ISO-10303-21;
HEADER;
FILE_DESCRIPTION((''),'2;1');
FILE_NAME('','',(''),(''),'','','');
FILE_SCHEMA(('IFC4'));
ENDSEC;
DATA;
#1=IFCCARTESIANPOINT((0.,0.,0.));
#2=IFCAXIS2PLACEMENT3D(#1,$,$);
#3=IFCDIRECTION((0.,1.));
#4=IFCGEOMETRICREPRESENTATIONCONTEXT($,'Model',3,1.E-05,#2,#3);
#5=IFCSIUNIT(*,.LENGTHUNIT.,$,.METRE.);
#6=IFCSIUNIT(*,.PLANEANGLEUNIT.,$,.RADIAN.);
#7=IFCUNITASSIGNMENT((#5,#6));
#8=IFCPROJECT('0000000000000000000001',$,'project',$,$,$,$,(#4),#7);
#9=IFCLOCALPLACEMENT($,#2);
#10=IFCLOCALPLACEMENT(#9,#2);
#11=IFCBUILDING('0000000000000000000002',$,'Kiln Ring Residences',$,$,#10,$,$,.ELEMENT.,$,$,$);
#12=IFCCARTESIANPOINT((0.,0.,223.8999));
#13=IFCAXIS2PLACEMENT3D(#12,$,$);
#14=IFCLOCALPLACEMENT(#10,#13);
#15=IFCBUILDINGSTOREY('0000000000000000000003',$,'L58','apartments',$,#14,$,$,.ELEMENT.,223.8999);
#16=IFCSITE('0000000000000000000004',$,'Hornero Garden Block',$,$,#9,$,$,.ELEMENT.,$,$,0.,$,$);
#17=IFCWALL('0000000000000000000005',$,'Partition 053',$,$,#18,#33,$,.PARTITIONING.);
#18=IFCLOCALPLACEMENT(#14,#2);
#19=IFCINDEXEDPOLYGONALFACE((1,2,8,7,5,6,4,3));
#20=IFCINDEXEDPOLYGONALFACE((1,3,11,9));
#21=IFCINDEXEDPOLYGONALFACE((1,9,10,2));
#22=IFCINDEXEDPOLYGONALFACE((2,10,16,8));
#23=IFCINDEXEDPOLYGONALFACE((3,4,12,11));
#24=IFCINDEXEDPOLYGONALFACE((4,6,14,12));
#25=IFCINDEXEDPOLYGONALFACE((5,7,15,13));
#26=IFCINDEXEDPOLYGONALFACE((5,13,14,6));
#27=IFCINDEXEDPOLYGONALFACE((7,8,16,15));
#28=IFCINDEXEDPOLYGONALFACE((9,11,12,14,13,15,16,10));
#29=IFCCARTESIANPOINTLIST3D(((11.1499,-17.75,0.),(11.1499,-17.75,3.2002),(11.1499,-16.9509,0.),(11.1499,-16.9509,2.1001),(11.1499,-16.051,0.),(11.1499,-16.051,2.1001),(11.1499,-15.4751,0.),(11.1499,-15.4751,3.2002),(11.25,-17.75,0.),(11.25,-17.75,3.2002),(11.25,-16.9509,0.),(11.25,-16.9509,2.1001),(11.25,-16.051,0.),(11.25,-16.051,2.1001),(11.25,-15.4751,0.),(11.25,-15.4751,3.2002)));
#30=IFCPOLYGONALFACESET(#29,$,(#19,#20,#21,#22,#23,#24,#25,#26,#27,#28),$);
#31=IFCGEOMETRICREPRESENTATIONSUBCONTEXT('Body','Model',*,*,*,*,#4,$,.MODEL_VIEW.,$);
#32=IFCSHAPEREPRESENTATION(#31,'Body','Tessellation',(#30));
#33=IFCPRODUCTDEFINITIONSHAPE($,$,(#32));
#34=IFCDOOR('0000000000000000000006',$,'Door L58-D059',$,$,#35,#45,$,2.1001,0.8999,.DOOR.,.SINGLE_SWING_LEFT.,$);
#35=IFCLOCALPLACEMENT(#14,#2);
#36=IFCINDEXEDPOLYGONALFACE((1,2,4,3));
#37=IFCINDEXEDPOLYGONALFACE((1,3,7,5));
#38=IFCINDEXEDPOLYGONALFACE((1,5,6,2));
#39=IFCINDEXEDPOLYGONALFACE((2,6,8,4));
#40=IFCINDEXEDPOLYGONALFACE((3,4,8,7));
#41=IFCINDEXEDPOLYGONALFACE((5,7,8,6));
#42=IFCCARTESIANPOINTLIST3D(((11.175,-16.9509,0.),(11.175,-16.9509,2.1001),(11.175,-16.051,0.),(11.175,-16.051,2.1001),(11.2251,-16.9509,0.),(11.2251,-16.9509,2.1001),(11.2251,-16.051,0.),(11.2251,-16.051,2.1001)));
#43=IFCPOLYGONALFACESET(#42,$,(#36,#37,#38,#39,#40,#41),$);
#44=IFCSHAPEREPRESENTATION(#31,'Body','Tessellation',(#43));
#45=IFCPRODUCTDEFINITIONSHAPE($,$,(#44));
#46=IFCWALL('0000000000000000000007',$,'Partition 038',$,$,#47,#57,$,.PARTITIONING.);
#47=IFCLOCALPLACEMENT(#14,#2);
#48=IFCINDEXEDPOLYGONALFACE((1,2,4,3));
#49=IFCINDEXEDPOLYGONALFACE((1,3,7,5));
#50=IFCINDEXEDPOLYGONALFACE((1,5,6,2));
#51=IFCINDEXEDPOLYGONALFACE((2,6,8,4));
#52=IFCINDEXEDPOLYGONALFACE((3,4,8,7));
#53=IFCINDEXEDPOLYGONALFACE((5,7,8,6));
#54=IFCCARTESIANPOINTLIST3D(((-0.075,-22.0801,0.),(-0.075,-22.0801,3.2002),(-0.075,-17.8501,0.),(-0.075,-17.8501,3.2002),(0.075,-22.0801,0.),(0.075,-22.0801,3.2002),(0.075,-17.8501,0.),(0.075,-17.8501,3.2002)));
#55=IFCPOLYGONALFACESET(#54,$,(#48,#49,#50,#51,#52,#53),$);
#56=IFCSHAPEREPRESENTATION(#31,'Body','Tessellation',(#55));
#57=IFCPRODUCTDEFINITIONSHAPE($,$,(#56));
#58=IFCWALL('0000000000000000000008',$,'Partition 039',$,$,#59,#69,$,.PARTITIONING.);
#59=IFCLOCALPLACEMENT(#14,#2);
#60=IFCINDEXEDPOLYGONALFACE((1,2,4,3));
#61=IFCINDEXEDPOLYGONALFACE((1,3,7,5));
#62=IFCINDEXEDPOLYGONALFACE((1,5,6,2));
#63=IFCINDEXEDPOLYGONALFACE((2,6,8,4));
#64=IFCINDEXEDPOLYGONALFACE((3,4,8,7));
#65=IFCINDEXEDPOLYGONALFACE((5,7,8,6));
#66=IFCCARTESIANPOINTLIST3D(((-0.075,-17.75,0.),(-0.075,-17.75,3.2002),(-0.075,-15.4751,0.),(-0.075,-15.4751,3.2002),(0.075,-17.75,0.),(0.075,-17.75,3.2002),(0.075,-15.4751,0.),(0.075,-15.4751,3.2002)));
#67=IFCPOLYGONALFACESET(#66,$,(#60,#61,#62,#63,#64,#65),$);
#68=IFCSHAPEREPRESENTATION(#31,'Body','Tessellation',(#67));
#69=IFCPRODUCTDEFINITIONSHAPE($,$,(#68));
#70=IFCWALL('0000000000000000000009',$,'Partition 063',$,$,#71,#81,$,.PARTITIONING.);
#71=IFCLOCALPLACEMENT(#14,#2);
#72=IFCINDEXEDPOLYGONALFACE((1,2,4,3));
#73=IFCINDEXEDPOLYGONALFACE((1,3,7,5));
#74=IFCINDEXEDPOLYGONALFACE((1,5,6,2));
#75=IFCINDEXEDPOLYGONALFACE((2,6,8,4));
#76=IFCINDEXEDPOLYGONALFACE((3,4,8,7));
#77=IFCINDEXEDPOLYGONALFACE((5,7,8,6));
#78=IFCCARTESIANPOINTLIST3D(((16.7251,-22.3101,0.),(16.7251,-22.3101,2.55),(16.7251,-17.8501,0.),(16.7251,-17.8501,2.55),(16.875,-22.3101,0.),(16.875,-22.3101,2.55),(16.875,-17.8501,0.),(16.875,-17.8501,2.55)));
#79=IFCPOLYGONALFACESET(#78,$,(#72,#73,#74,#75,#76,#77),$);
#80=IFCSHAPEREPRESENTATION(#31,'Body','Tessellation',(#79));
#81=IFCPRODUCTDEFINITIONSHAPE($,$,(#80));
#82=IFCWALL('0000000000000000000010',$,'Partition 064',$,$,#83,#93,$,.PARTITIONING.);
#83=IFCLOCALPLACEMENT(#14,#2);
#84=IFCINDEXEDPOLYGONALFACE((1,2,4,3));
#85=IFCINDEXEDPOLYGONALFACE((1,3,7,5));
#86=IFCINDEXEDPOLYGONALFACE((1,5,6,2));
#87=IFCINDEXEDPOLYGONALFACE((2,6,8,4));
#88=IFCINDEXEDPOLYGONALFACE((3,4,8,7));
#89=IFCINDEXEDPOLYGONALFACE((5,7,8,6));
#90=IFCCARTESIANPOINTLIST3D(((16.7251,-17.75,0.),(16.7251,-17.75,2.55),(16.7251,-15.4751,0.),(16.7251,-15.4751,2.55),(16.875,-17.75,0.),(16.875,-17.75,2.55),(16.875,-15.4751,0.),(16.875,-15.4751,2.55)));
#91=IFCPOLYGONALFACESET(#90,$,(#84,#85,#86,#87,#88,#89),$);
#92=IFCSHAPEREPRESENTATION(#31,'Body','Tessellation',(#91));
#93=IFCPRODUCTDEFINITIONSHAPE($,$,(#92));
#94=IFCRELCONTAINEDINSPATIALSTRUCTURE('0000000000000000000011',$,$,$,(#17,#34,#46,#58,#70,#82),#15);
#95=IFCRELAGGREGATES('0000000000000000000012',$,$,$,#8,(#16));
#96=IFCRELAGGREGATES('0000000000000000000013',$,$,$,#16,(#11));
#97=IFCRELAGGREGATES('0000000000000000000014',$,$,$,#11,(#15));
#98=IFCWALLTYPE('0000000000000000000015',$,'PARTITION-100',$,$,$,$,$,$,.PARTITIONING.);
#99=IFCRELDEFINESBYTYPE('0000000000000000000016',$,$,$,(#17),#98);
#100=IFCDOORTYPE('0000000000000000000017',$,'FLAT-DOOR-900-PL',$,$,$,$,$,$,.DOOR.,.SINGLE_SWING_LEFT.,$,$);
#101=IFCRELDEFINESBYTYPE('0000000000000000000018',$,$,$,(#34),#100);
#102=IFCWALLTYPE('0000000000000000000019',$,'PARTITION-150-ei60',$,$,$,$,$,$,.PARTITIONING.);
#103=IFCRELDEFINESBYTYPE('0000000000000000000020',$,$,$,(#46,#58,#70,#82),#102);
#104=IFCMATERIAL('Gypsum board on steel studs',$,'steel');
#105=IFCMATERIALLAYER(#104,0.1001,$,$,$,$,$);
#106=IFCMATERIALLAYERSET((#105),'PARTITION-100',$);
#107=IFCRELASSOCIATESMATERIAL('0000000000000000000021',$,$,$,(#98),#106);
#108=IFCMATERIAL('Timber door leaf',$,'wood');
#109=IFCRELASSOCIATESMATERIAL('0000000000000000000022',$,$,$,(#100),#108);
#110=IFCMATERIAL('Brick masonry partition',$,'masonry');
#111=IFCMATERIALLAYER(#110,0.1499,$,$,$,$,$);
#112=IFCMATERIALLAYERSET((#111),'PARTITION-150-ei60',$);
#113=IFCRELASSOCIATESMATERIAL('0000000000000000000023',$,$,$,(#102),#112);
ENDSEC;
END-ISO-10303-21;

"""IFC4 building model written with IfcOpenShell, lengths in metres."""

from ifc_helpers import new_model, si_unit, direction, frame, frame_2d, origin, place, context, subcontext, project, spatial, rectangle, extrude, material, layer, layer_set, type_object, element, fill, save


model = new_model("IFC4")

# Units and contexts
model_context = context("Model", 3, precision=1e-05, world=origin(), true_north=direction((0.0, 1.0)))
body_context = subcontext(model_context, "Body", "Model", "MODEL_VIEW")
ifc_project = project(units=[si_unit("LENGTHUNIT", "METRE"), si_unit("PLANEANGLEUNIT", "RADIAN")], contexts=[model_context])

# Site, building, storey
site_placement = place(None, origin())
site = spatial("IfcSite", under=ifc_project, at=site_placement, Name="Hornero Garden Block", CompositionType="ELEMENT", RefElevation=0.0)
building_placement = place(site_placement, origin())
building = spatial("IfcBuilding", under=site, at=building_placement, Name="Kiln Ring Residences", CompositionType="ELEMENT")
storey_placement = place(building_placement, frame((0.0, 0.0, 223.8999)))
storey = spatial("IfcBuildingStorey", under=building, at=storey_placement, Name="L58", Description="apartments", CompositionType="ELEMENT", Elevation=223.8999)

# Shared definitions
ifc_material_1 = material(Name="Gypsum board on steel studs", Category="steel")
ifc_layer_1 = layer(ifc_material_1, 0.1001)
ifc_layer_set_1 = layer_set([ifc_layer_1], Name="PARTITION-100")
wall_type_1 = type_object("IfcWallType", Name="PARTITION-100", PredefinedType="PARTITIONING", material=ifc_layer_set_1)
ifc_material_2 = material(Name="Timber door leaf", Category="wood")
door_type_1 = type_object("IfcDoorType", Name="FLAT-DOOR-900-PL", OperationType="SINGLE_SWING_LEFT", PredefinedType="DOOR", material=ifc_material_2)

# Wall, opening, door
wall_1_placement = place(storey_placement, frame((11.2, -17.75, 0.0), z_axis=(0.0, 0.0, 1.0), x_axis=(0.0, 1.0, 0.0)))
wall_1 = element("IfcWall", 1, at=wall_1_placement, inside=storey, type_object=wall_type_1, Name="Partition 053", PredefinedType="PARTITIONING", context=body_context, shape_type="SweptSolid", body=[
    extrude(rectangle(XDim=2.2749, YDim=0.1001, at=frame_2d((1.1375, 0.0))), origin(), (0.0, 0.0, 1.0), 3.2002),
])
opening_1_placement = place(wall_1_placement, frame((0.7991, 0.0, 0.0)))
opening_1 = element("IfcOpeningElement", 2, at=opening_1_placement, cuts=wall_1, PredefinedType="OPENING", context=body_context, shape_type="SweptSolid", body=[
    extrude(rectangle(XDim=0.8999, YDim=2.1001, at=frame_2d((0.45, 1.05))), frame((0.0, 0.0601, 0.0), z_axis=(0.0, -1.0, 0.0), x_axis=(1.0, 0.0, 0.0)), (0.0, 0.0, 1.0), 0.1201),
])
door_1_placement = place(opening_1_placement, origin())
door_1 = element("IfcDoor", 3, at=door_1_placement, inside=storey, type_object=door_type_1, Name="Door L58-D059", OperationType="SINGLE_SWING_LEFT", OverallHeight=2.1001, OverallWidth=0.8999, PredefinedType="DOOR", context=body_context, shape_type="SweptSolid", body=[
    extrude(rectangle(XDim=0.8999, YDim=2.1001, at=frame_2d((0.45, 1.05))), frame((0.0, 0.0249, 0.0), z_axis=(0.0, -1.0, 0.0), x_axis=(1.0, 0.0, 0.0)), (0.0, 0.0, 1.0), 0.05),
])
fill(opening_1, door_1)

# Walls
ifc_material_3 = material(Name="Brick masonry partition", Category="masonry")
ifc_layer_2 = layer(ifc_material_3, 0.1499)
ifc_layer_set_2 = layer_set([ifc_layer_2], Name="PARTITION-150-ei60")
wall_type_2 = type_object("IfcWallType", Name="PARTITION-150-ei60", PredefinedType="PARTITIONING", material=ifc_layer_set_2)
wall_2_placement = place(storey_placement, frame((0.0, -22.0801, 0.0), z_axis=(0.0, 0.0, 1.0), x_axis=(0.0, 1.0, 0.0)))
element("IfcWall", 4, at=wall_2_placement, inside=storey, type_object=wall_type_2, Name="Partition 038", PredefinedType="PARTITIONING", context=body_context, shape_type="SweptSolid", body=[
    extrude(rectangle(XDim=4.23, YDim=0.1499, at=frame_2d((2.115, 0.0))), origin(), (0.0, 0.0, 1.0), 3.2002),
])
wall_3_placement = place(storey_placement, frame((0.0, -17.75, 0.0), z_axis=(0.0, 0.0, 1.0), x_axis=(0.0, 1.0, 0.0)))
element("IfcWall", 5, at=wall_3_placement, inside=storey, type_object=wall_type_2, Name="Partition 039", PredefinedType="PARTITIONING", context=body_context, shape_type="SweptSolid", body=[
    extrude(rectangle(XDim=2.2749, YDim=0.1499, at=frame_2d((1.1375, 0.0))), origin(), (0.0, 0.0, 1.0), 3.2002),
])
wall_4_placement = place(storey_placement, frame((16.8, -22.3101, 0.0), z_axis=(0.0, 0.0, 1.0), x_axis=(0.0, 1.0, 0.0)))
element("IfcWall", 6, at=wall_4_placement, inside=storey, type_object=wall_type_2, Name="Partition 063", PredefinedType="PARTITIONING", context=body_context, shape_type="SweptSolid", body=[
    extrude(rectangle(XDim=4.46, YDim=0.1499, at=frame_2d((2.23, 0.0))), origin(), (0.0, 0.0, 1.0), 2.55),
])
wall_5_placement = place(storey_placement, frame((16.8, -17.75, 0.0), z_axis=(0.0, 0.0, 1.0), x_axis=(0.0, 1.0, 0.0)))
element("IfcWall", 7, at=wall_5_placement, inside=storey, type_object=wall_type_2, Name="Partition 064", PredefinedType="PARTITIONING", context=body_context, shape_type="SweptSolid", body=[
    extrude(rectangle(XDim=2.2749, YDim=0.1499, at=frame_2d((1.1375, 0.0))), origin(), (0.0, 0.0, 1.0), 2.55),
])

save(model, "model.ifc")
